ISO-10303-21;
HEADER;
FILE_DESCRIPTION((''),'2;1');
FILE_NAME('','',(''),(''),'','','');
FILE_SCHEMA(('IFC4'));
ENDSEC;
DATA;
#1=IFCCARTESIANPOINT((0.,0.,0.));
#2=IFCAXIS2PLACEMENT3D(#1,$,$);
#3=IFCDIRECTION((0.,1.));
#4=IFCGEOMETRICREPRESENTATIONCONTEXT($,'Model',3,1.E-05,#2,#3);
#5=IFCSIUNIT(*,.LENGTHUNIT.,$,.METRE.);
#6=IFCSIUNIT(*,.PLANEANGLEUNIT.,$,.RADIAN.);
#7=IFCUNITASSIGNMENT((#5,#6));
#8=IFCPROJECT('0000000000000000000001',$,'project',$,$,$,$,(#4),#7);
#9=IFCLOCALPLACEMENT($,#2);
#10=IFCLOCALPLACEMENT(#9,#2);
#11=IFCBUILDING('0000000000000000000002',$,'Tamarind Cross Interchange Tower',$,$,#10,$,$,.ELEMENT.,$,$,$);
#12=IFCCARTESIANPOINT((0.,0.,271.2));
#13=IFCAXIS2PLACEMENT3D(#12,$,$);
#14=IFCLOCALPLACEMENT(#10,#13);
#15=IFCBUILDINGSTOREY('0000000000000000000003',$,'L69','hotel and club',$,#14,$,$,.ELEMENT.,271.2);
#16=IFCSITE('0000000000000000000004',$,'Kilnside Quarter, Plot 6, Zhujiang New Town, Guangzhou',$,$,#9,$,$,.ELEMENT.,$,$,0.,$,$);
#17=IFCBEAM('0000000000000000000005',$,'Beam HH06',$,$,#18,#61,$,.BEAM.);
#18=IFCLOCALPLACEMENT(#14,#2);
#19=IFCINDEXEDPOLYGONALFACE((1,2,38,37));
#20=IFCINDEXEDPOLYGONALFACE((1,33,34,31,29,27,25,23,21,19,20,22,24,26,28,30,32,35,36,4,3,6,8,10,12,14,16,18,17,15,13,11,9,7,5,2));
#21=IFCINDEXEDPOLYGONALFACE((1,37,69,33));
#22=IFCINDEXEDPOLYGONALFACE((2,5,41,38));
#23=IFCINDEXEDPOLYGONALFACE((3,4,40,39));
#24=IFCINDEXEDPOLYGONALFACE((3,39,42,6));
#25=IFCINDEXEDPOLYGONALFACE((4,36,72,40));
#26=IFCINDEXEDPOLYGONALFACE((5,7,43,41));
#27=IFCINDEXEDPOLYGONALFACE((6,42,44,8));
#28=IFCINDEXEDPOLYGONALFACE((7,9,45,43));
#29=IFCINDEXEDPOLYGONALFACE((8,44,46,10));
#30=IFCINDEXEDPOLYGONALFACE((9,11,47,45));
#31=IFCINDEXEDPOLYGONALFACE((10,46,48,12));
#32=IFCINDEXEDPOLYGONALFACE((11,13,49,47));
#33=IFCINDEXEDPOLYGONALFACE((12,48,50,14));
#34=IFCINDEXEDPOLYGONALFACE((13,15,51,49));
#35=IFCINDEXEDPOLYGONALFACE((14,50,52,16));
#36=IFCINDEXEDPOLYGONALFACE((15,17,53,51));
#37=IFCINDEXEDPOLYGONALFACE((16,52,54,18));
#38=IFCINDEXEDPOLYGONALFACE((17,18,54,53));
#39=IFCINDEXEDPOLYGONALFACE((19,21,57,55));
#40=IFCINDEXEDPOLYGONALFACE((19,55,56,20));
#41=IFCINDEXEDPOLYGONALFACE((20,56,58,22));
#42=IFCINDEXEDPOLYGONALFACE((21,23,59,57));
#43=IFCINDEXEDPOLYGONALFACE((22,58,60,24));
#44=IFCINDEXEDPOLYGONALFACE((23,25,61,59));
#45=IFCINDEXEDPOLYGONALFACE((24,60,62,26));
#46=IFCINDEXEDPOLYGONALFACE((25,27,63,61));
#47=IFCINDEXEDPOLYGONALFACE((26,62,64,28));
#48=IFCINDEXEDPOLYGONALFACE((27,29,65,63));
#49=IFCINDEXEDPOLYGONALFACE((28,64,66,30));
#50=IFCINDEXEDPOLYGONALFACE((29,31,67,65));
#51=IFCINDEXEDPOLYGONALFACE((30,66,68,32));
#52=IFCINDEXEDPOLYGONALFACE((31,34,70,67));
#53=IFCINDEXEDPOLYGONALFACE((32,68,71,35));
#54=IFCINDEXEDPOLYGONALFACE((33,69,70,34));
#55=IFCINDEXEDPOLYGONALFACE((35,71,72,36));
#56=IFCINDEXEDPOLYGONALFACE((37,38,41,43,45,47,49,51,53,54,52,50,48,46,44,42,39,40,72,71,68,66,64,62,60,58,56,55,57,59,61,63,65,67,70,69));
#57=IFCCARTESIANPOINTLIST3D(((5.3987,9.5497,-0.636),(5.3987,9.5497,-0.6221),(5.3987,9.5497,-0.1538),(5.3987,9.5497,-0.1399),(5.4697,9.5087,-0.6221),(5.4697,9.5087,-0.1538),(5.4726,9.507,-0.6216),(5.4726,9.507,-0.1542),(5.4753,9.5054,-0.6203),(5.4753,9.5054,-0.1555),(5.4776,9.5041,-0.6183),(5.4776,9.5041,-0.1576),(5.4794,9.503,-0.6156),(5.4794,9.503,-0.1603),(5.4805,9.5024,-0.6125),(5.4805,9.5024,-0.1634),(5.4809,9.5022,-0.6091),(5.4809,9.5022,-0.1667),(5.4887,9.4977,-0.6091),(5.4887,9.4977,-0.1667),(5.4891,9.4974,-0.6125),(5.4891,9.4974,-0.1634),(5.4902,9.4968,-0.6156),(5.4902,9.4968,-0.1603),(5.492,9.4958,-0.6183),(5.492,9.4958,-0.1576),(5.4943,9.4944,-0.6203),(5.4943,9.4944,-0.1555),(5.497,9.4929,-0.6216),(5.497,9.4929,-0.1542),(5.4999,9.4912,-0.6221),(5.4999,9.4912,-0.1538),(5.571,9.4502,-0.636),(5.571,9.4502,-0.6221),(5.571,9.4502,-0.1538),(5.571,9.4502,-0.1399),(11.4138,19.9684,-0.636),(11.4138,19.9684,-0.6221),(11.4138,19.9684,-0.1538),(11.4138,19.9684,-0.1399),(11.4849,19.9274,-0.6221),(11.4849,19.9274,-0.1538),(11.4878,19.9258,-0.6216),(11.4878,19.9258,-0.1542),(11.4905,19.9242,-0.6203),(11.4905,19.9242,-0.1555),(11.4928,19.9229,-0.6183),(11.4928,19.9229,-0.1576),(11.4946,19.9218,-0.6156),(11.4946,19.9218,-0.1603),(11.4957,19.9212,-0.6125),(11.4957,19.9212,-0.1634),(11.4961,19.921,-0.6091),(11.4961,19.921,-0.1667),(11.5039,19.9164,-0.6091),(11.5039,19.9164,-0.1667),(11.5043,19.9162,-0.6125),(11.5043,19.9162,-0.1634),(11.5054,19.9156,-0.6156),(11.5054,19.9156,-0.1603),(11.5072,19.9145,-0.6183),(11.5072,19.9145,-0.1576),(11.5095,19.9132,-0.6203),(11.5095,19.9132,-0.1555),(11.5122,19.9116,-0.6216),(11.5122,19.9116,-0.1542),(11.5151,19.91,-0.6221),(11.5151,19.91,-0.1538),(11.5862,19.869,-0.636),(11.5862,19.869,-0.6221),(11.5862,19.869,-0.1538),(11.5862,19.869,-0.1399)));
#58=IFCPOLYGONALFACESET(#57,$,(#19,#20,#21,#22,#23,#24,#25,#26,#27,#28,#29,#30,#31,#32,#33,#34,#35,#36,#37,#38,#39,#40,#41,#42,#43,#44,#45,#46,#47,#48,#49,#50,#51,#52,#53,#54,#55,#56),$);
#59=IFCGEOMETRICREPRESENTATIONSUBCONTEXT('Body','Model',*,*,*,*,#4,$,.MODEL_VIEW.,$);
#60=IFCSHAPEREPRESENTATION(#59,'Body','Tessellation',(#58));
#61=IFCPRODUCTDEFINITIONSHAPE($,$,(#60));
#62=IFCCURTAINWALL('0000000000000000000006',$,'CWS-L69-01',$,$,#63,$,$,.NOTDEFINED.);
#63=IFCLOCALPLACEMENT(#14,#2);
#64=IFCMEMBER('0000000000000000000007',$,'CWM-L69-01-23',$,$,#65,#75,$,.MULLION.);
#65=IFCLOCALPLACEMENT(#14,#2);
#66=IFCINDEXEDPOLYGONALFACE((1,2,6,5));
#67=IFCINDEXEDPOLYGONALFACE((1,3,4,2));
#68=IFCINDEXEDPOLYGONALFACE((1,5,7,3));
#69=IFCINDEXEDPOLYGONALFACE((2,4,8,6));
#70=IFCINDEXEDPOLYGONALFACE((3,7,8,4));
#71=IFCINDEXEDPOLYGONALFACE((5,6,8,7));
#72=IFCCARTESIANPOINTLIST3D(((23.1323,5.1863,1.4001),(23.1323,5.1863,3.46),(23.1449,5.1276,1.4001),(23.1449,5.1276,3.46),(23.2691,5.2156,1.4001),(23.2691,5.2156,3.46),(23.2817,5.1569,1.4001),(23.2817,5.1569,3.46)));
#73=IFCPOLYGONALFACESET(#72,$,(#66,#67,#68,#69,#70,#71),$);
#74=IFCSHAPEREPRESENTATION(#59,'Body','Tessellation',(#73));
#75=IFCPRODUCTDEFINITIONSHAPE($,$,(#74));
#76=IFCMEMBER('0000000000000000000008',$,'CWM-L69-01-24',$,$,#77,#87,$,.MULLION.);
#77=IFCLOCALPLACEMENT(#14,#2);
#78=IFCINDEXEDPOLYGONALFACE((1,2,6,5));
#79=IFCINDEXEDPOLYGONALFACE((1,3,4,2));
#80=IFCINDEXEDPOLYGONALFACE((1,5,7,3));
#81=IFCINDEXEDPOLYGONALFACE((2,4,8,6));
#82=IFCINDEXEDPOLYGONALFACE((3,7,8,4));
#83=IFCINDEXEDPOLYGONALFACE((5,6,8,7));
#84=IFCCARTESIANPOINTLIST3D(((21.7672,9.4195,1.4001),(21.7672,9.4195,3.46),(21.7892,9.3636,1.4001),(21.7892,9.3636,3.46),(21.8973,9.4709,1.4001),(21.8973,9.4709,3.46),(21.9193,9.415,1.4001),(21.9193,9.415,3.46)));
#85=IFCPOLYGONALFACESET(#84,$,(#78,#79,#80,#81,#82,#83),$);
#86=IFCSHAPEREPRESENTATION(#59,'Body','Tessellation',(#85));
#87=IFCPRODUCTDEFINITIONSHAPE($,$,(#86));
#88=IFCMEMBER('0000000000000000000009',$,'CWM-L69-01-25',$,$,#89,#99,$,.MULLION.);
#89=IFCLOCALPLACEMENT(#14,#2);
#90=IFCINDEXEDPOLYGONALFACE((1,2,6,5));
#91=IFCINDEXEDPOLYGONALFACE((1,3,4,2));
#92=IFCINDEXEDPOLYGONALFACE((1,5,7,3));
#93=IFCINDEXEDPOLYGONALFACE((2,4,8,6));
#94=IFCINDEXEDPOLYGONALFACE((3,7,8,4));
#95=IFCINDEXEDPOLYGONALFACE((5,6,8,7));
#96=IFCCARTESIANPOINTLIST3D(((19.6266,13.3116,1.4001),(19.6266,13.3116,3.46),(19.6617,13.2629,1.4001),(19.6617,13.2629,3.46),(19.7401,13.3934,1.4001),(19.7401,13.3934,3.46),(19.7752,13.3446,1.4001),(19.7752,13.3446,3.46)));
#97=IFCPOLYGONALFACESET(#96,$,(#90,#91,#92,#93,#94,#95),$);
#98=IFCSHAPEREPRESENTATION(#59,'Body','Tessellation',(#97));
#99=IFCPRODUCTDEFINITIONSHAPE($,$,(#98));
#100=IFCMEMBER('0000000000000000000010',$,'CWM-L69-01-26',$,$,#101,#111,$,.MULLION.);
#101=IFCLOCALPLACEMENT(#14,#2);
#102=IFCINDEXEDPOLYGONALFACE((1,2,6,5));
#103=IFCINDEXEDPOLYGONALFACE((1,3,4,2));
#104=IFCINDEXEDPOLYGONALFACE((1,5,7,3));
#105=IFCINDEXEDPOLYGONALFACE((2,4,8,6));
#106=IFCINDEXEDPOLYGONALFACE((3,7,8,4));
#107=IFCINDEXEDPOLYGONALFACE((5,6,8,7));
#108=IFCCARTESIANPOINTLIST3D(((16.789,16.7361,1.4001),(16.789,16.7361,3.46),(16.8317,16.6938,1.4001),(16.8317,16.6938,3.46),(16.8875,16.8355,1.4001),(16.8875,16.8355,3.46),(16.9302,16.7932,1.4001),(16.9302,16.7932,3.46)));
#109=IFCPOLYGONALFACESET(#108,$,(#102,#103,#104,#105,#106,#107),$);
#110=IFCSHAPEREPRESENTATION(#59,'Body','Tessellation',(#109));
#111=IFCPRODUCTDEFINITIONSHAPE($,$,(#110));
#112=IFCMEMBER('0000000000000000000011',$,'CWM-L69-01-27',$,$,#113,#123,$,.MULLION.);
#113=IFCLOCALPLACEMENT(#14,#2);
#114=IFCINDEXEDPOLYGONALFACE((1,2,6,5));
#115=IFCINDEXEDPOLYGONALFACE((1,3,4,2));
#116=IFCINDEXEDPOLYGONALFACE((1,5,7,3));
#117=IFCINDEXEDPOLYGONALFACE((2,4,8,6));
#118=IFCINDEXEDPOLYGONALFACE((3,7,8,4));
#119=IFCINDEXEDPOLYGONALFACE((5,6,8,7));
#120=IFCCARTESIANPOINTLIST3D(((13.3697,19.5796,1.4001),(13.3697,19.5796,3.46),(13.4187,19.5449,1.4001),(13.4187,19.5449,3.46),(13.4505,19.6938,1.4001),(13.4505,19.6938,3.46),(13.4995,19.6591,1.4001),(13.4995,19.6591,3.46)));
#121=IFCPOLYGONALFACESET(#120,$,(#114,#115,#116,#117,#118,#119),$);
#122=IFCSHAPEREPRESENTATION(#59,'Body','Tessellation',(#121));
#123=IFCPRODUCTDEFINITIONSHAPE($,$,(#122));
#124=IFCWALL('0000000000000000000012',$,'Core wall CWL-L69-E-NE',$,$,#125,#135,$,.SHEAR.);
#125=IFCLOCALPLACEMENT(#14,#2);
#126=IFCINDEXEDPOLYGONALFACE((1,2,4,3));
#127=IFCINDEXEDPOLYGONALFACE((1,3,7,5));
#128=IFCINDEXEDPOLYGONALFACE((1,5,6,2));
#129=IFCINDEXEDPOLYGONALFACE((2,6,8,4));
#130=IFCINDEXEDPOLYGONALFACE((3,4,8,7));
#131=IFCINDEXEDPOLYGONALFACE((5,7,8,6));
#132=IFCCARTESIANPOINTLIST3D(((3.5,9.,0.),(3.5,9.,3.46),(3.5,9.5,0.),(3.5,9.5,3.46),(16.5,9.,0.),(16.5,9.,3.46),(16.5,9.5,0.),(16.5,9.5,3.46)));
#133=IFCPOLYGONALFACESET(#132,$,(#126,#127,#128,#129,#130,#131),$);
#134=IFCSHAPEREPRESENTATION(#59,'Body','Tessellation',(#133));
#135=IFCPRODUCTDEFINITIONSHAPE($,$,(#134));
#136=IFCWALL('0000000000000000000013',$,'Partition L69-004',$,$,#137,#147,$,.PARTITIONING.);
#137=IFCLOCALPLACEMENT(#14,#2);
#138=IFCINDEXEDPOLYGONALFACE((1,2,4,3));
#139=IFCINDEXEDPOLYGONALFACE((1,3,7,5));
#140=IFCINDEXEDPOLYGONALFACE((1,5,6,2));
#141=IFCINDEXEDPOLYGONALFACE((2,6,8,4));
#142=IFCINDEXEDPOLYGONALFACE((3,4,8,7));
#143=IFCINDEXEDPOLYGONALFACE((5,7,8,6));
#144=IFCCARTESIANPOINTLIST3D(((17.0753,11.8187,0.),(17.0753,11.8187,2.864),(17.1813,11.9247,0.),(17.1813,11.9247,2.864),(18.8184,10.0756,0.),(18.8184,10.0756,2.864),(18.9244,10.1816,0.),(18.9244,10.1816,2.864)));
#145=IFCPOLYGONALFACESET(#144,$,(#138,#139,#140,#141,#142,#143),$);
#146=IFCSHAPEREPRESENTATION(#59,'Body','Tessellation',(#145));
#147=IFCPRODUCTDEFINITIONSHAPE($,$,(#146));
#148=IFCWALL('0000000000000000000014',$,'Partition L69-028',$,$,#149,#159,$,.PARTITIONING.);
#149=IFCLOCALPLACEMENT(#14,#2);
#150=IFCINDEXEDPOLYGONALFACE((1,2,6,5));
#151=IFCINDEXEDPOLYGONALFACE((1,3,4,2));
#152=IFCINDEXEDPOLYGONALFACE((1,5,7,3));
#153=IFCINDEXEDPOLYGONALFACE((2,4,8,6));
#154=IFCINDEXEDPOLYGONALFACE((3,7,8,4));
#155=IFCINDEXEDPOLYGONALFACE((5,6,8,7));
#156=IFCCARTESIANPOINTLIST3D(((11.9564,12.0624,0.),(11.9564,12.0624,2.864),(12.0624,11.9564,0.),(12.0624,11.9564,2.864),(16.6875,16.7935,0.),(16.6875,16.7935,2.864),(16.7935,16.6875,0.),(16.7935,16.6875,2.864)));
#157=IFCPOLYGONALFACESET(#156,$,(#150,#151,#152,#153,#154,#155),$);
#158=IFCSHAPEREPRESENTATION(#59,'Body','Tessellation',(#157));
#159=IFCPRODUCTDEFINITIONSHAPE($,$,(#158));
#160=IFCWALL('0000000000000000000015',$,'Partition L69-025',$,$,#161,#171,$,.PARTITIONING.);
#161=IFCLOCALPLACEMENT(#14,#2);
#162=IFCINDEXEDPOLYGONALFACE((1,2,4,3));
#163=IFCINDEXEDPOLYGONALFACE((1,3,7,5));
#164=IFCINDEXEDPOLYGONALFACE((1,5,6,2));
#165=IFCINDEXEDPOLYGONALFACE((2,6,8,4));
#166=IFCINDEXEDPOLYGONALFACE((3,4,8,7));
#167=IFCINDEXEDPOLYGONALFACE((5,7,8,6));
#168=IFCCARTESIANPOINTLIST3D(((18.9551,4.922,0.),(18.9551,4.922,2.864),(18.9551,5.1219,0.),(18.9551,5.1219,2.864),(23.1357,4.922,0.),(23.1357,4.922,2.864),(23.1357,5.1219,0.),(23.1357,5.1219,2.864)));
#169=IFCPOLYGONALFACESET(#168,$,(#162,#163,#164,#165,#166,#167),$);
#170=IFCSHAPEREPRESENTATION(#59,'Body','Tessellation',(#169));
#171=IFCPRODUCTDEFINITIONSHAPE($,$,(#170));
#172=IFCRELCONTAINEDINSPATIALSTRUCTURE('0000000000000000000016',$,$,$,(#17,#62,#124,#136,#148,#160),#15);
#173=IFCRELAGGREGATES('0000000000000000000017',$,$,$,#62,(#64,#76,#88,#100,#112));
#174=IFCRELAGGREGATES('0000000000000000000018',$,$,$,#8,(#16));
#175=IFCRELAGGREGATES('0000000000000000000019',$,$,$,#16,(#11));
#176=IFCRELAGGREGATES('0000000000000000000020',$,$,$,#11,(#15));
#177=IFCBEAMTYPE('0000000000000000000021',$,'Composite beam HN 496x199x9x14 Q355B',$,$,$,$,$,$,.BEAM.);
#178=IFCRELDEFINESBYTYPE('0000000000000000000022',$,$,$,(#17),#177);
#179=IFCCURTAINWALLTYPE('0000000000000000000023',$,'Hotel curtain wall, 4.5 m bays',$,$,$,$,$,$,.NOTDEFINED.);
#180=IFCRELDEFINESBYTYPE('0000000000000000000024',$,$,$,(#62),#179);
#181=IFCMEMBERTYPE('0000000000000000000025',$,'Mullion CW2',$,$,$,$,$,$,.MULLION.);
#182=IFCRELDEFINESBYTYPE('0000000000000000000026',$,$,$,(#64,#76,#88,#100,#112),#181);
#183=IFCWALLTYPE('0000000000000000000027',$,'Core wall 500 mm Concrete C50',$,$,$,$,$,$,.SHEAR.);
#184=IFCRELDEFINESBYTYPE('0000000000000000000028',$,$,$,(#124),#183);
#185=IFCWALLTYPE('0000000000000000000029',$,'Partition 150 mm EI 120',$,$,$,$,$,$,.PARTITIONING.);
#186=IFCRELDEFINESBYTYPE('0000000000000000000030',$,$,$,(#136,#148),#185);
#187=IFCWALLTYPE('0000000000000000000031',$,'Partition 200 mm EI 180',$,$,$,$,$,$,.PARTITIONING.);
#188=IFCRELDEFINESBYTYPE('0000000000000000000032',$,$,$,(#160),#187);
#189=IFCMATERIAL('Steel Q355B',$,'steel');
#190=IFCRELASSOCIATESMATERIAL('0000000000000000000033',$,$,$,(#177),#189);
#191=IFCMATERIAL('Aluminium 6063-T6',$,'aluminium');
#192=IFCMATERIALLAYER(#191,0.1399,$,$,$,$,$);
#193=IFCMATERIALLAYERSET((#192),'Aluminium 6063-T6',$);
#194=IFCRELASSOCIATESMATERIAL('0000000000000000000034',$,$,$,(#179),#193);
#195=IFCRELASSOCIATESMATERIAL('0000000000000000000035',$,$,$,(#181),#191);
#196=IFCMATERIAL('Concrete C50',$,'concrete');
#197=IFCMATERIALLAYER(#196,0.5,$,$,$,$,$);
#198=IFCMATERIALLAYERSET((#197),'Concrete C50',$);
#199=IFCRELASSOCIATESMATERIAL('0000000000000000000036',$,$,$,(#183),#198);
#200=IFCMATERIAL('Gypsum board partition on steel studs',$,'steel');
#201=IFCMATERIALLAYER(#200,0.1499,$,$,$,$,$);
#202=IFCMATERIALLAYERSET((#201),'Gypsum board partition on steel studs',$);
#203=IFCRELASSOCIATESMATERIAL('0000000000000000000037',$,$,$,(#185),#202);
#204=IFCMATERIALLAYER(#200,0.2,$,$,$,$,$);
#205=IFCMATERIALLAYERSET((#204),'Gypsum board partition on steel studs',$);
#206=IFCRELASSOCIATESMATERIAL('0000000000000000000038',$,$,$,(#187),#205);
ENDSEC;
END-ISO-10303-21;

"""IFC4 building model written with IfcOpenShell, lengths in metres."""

from ifc_helpers import new_model, si_unit, direction, frame, frame_2d, origin, origin_2d, place, context, subcontext, project, spatial, rectangle, i_section, extrude, material, layer, layer_set, material_profile, profile_set, type_object, element, aggregate, save


model = new_model("IFC4")

# Units and contexts
model_context = context("Model", 3, precision=1e-05, world=origin(), true_north=direction((0.0, 1.0)))
body_context = subcontext(model_context, "Body", "Model", "MODEL_VIEW")
ifc_project = project(units=[si_unit("LENGTHUNIT", "METRE"), si_unit("PLANEANGLEUNIT", "RADIAN")], contexts=[model_context])

# Site, building, storey
site_placement = place(None, origin())
site = spatial("IfcSite", under=ifc_project, at=site_placement, Name="Kilnside Quarter, Plot 6, Zhujiang New Town, Guangzhou", CompositionType="ELEMENT", RefElevation=0.0)
building_placement = place(site_placement, origin())
building = spatial("IfcBuilding", under=site, at=building_placement, Name="Tamarind Cross Interchange Tower", CompositionType="ELEMENT")
storey_placement = place(building_placement, frame((0.0, 0.0, 271.2)))
storey = spatial("IfcBuildingStorey", under=building, at=storey_placement, Name="L69", Description="hotel and club", CompositionType="ELEMENT", Elevation=271.2)

# Beam
ifc_material_1 = material(Name="Steel Q355B", Category="steel")
ifc_material_profile_1 = material_profile(ifc_material_1, i_section(OverallWidth=0.199, OverallDepth=0.4961, WebThickness=0.009, FlangeThickness=0.0139, FilletRadius=0.0129, at=origin_2d()), Name="HN 496x199x9x14")
ifc_profile_set_1 = profile_set([ifc_material_profile_1], Name="Steel Q355B")
beam_type = type_object("IfcBeamType", Name="Composite beam HN 496x199x9x14 Q355B", PredefinedType="BEAM", material=ifc_profile_set_1)
beam_1_placement = place(storey_placement, frame((11.5, 19.9187, -0.3879), z_axis=(-0.499994, -0.866029, 0.0), x_axis=(0.866029, -0.499994, 0.0)))
element("IfcBeam", 1, at=beam_1_placement, inside=storey, type_object=beam_type, Name="Beam HH06", PredefinedType="BEAM", context=body_context, shape_type="SweptSolid", body=[
    extrude(i_section(OverallWidth=0.199, OverallDepth=0.4961, WebThickness=0.009, FlangeThickness=0.0139, FilletRadius=0.0129, at=origin_2d()), origin(), (0.0, 0.0, 1.0), 12.0305),
])

# Curtain wall, members
ifc_material_2 = material(Name="Aluminium 6063-T6", Category="aluminium")
ifc_layer_1 = layer(ifc_material_2, 0.1399)
ifc_layer_set_1 = layer_set([ifc_layer_1], Name="Aluminium 6063-T6")
curtain_wall_type = type_object("IfcCurtainWallType", Name="Hotel curtain wall, 4.5 m bays", PredefinedType="NOTDEFINED", material=ifc_layer_set_1)
curtain_wall_placement = place(storey_placement, origin())
curtain_wall = element("IfcCurtainWall", 2, at=curtain_wall_placement, inside=storey, type_object=curtain_wall_type, Name="CWS-L69-01", PredefinedType="NOTDEFINED")
ifc_material_profile_2 = material_profile(ifc_material_2, rectangle(XDim=0.0601, YDim=0.1399, at=origin_2d()), Name="Mullion CW2")
ifc_profile_set_2 = profile_set([ifc_material_profile_2], Name="Aluminium 6063-T6")
member_type = type_object("IfcMemberType", Name="Mullion CW2", PredefinedType="MULLION", material=ifc_profile_set_2)
member_1_placement = place(storey_placement, frame((23.207, 5.1716, 1.4001), z_axis=(0.0, 0.0, 1.0), x_axis=(-0.209425, 0.977825, 0.0)))
member_1 = element("IfcMember", 3, at=member_1_placement, type_object=member_type, Name="CWM-L69-01-23", PredefinedType="MULLION", context=body_context, shape_type="SweptSolid", body=[
    extrude(rectangle(XDim=0.0601, YDim=0.1399, at=origin_2d()), origin(), (0.0, 0.0, 1.0), 2.0598),
])
member_2_placement = place(storey_placement, frame((21.8433, 9.4172, 1.4001), z_axis=(0.0, 0.0, 1.0), x_axis=(-0.367514, 0.930018, 0.0)))
member_2 = element("IfcMember", 4, at=member_2_placement, type_object=member_type, Name="CWM-L69-01-24", PredefinedType="MULLION", context=body_context, shape_type="SweptSolid", body=[
    extrude(rectangle(XDim=0.0601, YDim=0.1399, at=origin_2d()), origin(), (0.0, 0.0, 1.0), 2.0598),
])
member_3_placement = place(storey_placement, frame((19.7009, 13.3281, 1.4001), z_axis=(0.0, 0.0, 1.0), x_axis=(-0.584574, 0.81134, 0.0)))
member_3 = element("IfcMember", 5, at=member_3_placement, type_object=member_type, Name="CWM-L69-01-25", PredefinedType="MULLION", context=body_context, shape_type="SweptSolid", body=[
    extrude(rectangle(XDim=0.0601, YDim=0.1399, at=origin_2d()), origin(), (0.0, 0.0, 1.0), 2.0598),
])
member_4_placement = place(storey_placement, frame((16.8596, 16.7646, 1.4001), z_axis=(0.0, 0.0, 1.0), x_axis=(-0.710143, 0.704057, 0.0)))
member_4 = element("IfcMember", 6, at=member_4_placement, type_object=member_type, Name="CWM-L69-01-26", PredefinedType="MULLION", context=body_context, shape_type="SweptSolid", body=[
    extrude(rectangle(XDim=0.0601, YDim=0.1399, at=origin_2d()), origin(), (0.0, 0.0, 1.0), 2.0598),
])
member_5_placement = place(storey_placement, frame((13.4346, 19.6194, 1.4001), z_axis=(0.0, 0.0, 1.0), x_axis=(-0.816342, 0.577569, 0.0)))
member_5 = element("IfcMember", 7, at=member_5_placement, type_object=member_type, Name="CWM-L69-01-27", PredefinedType="MULLION", context=body_context, shape_type="SweptSolid", body=[
    extrude(rectangle(XDim=0.0601, YDim=0.1399, at=origin_2d()), origin(), (0.0, 0.0, 1.0), 2.0598),
])
aggregate(curtain_wall, [member_1, member_2, member_3, member_4, member_5])

# Walls
ifc_material_3 = material(Name="Concrete C50", Category="concrete")
ifc_layer_2 = layer(ifc_material_3, 0.5)
ifc_layer_set_2 = layer_set([ifc_layer_2], Name="Concrete C50")
wall_type_1 = type_object("IfcWallType", Name="Core wall 500 mm Concrete C50", PredefinedType="SHEAR", material=ifc_layer_set_2)
wall_1_placement = place(storey_placement, frame((16.5, 9.25, 0.0), z_axis=(0.0, 0.0, 1.0), x_axis=(-1.0, 0.0, 0.0)))
element("IfcWall", 8, at=wall_1_placement, inside=storey, type_object=wall_type_1, Name="Core wall CWL-L69-E-NE", PredefinedType="SHEAR", context=body_context, shape_type="SweptSolid", body=[
    extrude(rectangle(XDim=13.0, YDim=0.5, at=frame_2d((6.5, 0.0))), origin(), (0.0, 0.0, 1.0), 3.46),
])
ifc_material_4 = material(Name="Gypsum board partition on steel studs", Category="steel")
ifc_layer_3 = layer(ifc_material_4, 0.1499)
ifc_layer_set_3 = layer_set([ifc_layer_3], Name="Gypsum board partition on steel studs")
wall_type_2 = type_object("IfcWallType", Name="Partition 150 mm EI 120", PredefinedType="PARTITIONING", material=ifc_layer_set_3)
wall_2_placement = place(storey_placement, frame((17.1284, 11.8716, 0.0), z_axis=(0.0, 0.0, 1.0), x_axis=(0.707107, -0.707107, 0.0)))
element("IfcWall", 9, at=wall_2_placement, inside=storey, type_object=wall_type_2, Name="Partition L69-004", PredefinedType="PARTITIONING", context=body_context, shape_type="SweptSolid", body=[
    extrude(rectangle(XDim=2.4651, YDim=0.1499, at=frame_2d((1.2324, 0.0))), origin(), (0.0, 0.0, 1.0), 2.864),
])
wall_3_placement = place(storey_placement, frame((12.0095, 12.0095, 0.0), z_axis=(0.0, 0.0, 1.0), x_axis=(0.707107, 0.707107, 0.0)))
element("IfcWall", 10, at=wall_3_placement, inside=storey, type_object=wall_type_2, Name="Partition L69-028", PredefinedType="PARTITIONING", context=body_context, shape_type="SweptSolid", body=[
    extrude(rectangle(XDim=6.6907, YDim=0.1499, at=frame_2d((3.3452, 0.0))), origin(), (0.0, 0.0, 1.0), 2.864),
])
ifc_layer_4 = layer(ifc_material_4, 0.2)
ifc_layer_set_4 = layer_set([ifc_layer_4], Name="Gypsum board partition on steel studs")
wall_type_3 = type_object("IfcWallType", Name="Partition 200 mm EI 180", PredefinedType="PARTITIONING", material=ifc_layer_set_4)
wall_4_placement = place(storey_placement, frame((18.9551, 5.022, 0.0), z_axis=(0.0, 0.0, 1.0), x_axis=(1.0, 0.0, 0.0)))
element("IfcWall", 11, at=wall_4_placement, inside=storey, type_object=wall_type_3, Name="Partition L69-025", PredefinedType="PARTITIONING", context=body_context, shape_type="SweptSolid", body=[
    extrude(rectangle(XDim=4.1807, YDim=0.2, at=frame_2d((2.0903, 0.0))), origin(), (0.0, 0.0, 1.0), 2.864),
])

save(model, "model.ifc")
